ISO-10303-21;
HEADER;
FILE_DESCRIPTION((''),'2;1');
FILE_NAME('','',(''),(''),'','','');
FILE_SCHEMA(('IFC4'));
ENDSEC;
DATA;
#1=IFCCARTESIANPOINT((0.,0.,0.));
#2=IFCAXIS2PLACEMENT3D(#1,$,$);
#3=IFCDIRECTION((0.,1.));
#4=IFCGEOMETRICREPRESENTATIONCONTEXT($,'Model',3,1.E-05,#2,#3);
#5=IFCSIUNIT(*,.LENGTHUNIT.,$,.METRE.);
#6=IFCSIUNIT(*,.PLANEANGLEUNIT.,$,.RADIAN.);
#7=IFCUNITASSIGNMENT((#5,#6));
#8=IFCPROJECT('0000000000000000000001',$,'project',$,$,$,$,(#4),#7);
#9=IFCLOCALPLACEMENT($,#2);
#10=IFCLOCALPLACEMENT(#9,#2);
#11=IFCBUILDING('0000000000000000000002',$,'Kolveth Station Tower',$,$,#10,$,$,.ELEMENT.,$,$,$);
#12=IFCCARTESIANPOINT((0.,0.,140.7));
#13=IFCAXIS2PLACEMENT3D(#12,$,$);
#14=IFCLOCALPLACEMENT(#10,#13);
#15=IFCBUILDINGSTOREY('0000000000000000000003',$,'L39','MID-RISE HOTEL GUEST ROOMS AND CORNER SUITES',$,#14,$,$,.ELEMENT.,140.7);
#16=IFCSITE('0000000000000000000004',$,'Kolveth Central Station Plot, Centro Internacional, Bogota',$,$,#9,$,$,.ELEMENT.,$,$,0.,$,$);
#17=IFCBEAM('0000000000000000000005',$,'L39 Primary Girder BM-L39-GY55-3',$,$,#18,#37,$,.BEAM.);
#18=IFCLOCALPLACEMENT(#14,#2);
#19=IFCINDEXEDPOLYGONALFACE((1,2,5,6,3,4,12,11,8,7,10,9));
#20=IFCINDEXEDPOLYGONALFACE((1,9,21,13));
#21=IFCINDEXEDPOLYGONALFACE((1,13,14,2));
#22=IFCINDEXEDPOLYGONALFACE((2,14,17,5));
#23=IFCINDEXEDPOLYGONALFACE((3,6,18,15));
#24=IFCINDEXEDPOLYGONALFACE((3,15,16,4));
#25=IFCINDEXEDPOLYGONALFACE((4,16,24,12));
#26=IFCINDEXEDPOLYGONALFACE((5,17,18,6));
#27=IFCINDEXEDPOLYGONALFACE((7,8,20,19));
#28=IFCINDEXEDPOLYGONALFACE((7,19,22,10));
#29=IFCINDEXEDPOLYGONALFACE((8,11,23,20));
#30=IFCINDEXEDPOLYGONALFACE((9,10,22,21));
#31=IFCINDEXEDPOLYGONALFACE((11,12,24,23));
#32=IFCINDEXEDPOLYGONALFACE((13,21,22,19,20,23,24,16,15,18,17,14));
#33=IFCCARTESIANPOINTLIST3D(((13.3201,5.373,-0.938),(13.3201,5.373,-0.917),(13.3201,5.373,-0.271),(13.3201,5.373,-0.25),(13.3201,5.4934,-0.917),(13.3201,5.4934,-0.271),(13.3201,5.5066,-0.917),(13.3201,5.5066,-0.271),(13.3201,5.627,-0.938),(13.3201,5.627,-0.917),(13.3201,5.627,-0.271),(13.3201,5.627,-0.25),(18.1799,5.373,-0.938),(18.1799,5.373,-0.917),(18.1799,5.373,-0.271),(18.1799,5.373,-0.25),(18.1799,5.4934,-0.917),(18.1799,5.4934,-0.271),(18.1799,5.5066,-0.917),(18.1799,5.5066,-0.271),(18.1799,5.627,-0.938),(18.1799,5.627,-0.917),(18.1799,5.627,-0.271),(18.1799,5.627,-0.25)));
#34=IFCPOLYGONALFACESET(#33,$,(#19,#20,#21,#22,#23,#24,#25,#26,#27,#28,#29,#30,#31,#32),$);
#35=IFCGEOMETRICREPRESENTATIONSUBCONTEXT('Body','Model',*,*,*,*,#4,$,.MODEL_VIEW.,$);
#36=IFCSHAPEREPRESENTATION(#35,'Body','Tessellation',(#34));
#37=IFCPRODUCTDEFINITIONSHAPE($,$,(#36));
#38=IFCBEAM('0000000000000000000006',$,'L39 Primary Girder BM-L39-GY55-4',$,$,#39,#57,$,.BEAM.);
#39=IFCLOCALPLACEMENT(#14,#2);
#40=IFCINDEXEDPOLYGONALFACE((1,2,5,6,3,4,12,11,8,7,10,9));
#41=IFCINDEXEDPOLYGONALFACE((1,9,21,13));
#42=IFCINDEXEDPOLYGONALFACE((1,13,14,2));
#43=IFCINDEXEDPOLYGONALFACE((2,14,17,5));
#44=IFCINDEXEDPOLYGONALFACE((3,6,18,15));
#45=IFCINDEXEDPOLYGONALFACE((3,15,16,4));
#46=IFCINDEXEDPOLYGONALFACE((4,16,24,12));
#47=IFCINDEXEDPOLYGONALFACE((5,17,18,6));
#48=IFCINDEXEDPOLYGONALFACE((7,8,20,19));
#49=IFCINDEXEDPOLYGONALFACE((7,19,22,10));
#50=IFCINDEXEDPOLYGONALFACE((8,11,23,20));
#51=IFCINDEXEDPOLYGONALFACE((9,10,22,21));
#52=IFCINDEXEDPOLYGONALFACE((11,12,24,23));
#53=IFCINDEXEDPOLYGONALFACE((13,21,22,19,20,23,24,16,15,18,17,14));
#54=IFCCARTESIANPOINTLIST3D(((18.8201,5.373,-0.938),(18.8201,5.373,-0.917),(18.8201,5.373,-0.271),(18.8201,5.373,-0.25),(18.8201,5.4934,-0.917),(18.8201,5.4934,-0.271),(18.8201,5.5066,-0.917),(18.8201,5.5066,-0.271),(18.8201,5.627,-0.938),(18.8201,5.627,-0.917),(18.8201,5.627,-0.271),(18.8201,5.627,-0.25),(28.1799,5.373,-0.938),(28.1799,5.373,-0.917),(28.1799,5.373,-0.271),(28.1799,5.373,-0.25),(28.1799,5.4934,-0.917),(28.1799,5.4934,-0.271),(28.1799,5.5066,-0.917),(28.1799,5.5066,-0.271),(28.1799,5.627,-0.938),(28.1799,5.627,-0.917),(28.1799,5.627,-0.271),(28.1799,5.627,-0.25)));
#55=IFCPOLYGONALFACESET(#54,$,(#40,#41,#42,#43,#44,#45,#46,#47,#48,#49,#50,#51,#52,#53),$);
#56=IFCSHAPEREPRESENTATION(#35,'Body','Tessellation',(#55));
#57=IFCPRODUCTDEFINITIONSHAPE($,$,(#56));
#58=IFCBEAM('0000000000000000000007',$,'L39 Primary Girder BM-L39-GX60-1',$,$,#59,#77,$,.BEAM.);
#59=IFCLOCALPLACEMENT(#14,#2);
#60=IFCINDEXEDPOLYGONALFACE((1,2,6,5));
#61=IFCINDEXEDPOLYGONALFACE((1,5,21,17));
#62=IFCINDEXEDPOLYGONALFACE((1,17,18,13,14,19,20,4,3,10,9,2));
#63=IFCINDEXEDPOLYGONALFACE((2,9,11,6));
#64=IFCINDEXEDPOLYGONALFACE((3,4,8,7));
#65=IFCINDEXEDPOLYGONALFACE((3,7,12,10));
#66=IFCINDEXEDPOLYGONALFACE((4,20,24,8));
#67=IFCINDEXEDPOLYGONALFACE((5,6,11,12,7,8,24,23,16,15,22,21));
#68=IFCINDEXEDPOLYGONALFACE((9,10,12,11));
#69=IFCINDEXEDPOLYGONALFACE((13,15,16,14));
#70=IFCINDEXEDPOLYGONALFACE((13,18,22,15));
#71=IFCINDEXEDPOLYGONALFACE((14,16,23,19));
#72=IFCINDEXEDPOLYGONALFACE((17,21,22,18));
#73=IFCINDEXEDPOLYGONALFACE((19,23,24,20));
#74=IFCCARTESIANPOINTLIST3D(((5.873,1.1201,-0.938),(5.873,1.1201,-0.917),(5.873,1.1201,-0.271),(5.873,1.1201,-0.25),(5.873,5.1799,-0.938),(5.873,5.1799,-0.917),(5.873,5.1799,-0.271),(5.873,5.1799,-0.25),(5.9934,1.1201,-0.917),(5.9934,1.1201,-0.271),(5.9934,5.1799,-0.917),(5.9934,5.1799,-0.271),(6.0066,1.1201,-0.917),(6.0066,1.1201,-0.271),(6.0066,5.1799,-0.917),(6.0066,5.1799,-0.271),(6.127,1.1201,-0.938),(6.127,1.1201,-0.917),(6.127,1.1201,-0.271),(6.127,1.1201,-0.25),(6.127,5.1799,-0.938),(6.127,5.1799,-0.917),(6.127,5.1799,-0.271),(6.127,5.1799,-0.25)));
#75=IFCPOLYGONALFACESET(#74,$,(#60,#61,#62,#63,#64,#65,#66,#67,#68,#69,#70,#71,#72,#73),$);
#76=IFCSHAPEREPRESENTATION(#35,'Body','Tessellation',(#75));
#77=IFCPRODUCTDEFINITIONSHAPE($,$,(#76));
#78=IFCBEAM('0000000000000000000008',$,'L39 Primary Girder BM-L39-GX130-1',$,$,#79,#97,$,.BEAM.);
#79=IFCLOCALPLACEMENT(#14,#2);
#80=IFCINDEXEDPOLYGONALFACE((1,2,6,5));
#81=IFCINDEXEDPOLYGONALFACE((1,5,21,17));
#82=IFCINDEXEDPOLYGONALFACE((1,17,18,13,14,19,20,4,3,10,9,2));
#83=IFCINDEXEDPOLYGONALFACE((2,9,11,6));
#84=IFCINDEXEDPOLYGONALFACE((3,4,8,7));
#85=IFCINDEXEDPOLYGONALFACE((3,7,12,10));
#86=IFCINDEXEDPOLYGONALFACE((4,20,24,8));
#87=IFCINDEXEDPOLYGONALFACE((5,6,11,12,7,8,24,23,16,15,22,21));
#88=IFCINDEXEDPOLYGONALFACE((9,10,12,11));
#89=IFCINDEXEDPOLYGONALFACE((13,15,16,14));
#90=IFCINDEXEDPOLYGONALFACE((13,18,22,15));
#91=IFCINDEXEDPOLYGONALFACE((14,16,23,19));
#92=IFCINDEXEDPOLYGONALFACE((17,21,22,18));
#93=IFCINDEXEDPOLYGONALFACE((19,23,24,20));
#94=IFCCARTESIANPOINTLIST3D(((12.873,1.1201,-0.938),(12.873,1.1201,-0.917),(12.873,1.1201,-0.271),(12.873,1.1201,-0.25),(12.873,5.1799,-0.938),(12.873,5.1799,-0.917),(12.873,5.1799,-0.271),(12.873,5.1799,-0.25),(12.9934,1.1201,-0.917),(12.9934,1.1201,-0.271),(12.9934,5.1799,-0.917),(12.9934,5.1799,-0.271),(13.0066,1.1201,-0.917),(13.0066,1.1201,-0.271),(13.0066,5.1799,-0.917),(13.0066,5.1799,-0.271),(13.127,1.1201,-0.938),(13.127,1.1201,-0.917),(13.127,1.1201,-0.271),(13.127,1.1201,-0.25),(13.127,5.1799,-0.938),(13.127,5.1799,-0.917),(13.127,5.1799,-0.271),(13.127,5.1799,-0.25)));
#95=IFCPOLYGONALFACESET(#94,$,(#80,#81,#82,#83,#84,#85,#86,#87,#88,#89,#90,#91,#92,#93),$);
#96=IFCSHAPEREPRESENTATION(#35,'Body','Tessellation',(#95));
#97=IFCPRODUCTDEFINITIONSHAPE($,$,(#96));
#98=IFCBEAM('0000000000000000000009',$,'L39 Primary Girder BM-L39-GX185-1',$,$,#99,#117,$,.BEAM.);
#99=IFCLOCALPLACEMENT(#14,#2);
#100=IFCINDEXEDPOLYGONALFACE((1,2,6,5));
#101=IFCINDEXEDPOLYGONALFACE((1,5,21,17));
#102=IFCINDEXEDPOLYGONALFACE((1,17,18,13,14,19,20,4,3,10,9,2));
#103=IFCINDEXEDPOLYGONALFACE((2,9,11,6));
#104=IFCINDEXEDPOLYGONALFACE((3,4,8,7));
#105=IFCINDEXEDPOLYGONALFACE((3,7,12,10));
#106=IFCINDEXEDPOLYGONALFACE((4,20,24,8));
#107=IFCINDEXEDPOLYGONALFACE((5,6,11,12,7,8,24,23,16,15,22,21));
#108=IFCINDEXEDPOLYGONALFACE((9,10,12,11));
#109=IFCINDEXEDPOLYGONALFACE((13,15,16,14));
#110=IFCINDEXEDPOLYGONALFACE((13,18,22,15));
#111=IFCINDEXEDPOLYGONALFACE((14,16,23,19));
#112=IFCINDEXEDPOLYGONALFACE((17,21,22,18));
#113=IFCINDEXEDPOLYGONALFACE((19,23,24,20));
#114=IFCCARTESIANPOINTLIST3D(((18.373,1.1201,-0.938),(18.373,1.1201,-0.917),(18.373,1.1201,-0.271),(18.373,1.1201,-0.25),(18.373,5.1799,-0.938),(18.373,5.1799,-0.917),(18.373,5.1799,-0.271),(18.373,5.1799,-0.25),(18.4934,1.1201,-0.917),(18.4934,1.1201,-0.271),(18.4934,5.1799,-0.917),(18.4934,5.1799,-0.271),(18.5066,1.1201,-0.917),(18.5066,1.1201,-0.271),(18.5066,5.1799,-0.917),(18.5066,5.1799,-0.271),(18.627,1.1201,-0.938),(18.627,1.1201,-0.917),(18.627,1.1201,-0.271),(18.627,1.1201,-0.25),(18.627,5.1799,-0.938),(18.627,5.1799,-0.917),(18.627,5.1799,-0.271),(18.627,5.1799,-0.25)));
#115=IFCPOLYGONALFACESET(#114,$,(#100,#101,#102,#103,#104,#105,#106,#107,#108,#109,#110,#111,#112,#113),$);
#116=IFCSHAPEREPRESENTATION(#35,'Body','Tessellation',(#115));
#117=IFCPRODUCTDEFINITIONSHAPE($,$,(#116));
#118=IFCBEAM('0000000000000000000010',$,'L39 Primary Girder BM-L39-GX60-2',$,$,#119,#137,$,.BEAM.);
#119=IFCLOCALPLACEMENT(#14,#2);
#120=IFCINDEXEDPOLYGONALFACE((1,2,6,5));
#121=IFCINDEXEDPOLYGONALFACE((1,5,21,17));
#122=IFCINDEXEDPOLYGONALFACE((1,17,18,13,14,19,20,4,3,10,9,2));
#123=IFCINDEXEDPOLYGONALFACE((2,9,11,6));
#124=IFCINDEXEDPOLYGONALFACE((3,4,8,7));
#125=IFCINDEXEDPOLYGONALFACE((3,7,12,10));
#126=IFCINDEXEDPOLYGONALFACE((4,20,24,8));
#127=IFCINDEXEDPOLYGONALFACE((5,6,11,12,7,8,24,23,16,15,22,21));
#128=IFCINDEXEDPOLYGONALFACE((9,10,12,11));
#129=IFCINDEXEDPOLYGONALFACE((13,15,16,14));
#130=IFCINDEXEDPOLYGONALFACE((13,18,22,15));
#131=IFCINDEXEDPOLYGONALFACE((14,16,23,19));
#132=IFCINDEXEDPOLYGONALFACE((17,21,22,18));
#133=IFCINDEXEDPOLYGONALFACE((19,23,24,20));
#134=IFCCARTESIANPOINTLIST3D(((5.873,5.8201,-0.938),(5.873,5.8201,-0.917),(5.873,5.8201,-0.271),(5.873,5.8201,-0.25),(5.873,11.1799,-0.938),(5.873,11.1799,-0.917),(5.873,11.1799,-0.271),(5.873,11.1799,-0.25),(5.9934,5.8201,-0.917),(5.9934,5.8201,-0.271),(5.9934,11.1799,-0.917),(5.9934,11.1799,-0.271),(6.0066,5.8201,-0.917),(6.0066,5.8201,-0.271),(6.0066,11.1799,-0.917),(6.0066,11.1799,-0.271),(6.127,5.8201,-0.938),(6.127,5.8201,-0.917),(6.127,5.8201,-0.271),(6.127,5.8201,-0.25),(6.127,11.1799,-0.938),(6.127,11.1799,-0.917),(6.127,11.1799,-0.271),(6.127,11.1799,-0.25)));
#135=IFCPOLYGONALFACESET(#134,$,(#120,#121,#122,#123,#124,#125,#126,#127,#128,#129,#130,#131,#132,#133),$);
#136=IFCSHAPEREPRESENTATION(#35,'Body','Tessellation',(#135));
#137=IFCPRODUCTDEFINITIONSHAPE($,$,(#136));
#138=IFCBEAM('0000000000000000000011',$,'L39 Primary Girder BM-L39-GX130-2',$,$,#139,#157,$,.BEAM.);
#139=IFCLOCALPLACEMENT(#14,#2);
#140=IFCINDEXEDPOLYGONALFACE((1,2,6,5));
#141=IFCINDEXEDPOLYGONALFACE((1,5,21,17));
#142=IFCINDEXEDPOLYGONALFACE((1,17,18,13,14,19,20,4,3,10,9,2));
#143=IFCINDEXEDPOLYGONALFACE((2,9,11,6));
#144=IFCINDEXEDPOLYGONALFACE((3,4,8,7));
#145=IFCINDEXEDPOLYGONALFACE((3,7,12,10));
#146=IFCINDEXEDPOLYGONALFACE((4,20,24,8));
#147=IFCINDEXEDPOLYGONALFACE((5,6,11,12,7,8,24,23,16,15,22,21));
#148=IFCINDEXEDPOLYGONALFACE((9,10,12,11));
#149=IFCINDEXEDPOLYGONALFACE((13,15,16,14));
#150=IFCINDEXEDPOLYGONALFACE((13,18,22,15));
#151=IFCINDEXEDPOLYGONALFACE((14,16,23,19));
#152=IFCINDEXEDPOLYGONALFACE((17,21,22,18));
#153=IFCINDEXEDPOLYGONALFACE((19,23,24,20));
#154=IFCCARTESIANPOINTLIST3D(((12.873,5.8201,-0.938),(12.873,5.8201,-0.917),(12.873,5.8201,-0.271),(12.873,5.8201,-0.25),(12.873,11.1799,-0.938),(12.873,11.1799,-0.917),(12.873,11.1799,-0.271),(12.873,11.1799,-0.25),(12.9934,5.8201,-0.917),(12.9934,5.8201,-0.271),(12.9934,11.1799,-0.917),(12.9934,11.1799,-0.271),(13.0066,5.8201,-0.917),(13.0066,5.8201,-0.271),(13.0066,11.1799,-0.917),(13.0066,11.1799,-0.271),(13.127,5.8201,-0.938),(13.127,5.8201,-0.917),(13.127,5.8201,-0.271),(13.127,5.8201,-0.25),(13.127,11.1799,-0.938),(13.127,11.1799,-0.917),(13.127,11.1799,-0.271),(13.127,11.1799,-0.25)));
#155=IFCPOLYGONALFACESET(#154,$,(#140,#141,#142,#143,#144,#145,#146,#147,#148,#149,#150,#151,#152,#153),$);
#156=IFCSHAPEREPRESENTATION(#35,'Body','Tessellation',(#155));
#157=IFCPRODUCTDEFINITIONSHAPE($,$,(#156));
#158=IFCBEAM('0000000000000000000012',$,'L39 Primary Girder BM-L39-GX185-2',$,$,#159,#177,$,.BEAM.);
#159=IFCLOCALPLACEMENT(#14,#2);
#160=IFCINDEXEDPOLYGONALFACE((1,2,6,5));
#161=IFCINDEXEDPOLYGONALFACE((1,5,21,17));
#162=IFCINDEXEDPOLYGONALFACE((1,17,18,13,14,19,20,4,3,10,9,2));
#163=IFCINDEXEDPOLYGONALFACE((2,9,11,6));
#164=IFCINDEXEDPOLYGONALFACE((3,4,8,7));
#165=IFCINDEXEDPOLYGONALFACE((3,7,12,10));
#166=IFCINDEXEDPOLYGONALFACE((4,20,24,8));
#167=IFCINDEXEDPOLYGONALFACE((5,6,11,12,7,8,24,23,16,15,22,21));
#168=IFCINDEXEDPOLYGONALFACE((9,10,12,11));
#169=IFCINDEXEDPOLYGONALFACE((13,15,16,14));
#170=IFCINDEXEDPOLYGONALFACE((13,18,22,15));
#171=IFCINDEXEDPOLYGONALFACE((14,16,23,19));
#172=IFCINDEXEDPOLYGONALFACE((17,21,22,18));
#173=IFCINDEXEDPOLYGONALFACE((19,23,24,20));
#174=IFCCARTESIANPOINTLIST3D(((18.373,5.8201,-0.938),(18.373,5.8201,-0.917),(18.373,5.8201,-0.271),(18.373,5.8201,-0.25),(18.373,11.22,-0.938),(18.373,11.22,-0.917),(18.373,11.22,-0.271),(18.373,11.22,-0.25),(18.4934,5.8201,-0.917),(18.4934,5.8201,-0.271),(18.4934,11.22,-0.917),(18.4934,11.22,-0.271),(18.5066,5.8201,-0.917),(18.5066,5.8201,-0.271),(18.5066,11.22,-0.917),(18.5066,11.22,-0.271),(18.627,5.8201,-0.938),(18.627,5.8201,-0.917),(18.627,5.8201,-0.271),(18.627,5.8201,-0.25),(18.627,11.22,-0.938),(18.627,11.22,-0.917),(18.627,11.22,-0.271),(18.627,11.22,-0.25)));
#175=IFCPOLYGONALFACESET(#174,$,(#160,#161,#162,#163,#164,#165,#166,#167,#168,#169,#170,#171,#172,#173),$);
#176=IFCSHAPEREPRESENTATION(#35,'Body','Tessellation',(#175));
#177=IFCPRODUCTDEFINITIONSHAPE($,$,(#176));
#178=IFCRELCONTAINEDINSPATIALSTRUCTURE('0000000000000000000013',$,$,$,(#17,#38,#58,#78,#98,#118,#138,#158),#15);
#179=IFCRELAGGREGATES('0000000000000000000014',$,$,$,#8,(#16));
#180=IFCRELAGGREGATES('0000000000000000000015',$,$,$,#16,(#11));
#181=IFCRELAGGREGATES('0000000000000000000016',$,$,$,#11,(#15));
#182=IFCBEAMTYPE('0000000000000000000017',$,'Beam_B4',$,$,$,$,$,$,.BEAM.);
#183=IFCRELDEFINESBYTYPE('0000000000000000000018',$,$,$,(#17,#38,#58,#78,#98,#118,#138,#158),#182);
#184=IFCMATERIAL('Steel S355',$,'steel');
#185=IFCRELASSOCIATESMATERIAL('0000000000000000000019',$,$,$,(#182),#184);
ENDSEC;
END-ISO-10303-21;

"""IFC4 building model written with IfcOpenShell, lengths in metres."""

from ifc_helpers import new_model, si_unit, direction, frame, origin, origin_2d, place, context, subcontext, project, spatial, i_section, extrude, source, transform, mapped, material, material_profile, profile_set, type_object, element, save


model = new_model("IFC4")

# Units and contexts
model_context = context("Model", 3, precision=1e-05, world=origin(), true_north=direction((0.0, 1.0)))
body_context = subcontext(model_context, "Body", "Model", "MODEL_VIEW")
ifc_project = project(units=[si_unit("LENGTHUNIT", "METRE"), si_unit("PLANEANGLEUNIT", "RADIAN")], contexts=[model_context])

# Site, building, storey
site_placement = place(None, origin())
site = spatial("IfcSite", under=ifc_project, at=site_placement, Name="Kolveth Central Station Plot, Centro Internacional, Bogota", CompositionType="ELEMENT", RefElevation=0.0)
building_placement = place(site_placement, origin())
building = spatial("IfcBuilding", under=site, at=building_placement, Name="Kolveth Station Tower", CompositionType="ELEMENT")
storey_placement = place(building_placement, frame((0.0, 0.0, 140.7)))
storey = spatial("IfcBuildingStorey", under=building, at=storey_placement, Name="L39", Description="MID-RISE HOTEL GUEST ROOMS AND CORNER SUITES", CompositionType="ELEMENT", Elevation=140.7)

# Beams
ifc_material_1 = material(Name="Steel S355", Category="steel")
ifc_material_profile_1 = material_profile(ifc_material_1, i_section(OverallWidth=0.2539, OverallDepth=0.688, WebThickness=0.0132, FlangeThickness=0.021, at=origin_2d()), Name="W690x152")
ifc_profile_set_1 = profile_set([ifc_material_profile_1], Name="Steel S355")
beam_type_1 = type_object("IfcBeamType", Name="Beam_B4", PredefinedType="BEAM", material=ifc_profile_set_1)
shared_shape_1 = source(origin(), body_context, "Body", "SweptSolid", [
    extrude(i_section(OverallWidth=0.2539, OverallDepth=0.688, WebThickness=0.0132, FlangeThickness=0.021, at=origin_2d()), origin(), (0.0, 0.0, 1.0), 4.8599),
])
beam_1_placement = place(storey_placement, frame((13.3201, 5.5, -0.594), z_axis=(1.0, 0.0, 0.0), x_axis=(0.0, 1.0, 0.0)))
element("IfcBeam", 1, at=beam_1_placement, inside=storey, type_object=beam_type_1, Name="L39 Primary Girder BM-L39-GY55-3", PredefinedType="BEAM", context=body_context, shape_type="MappedRepresentation", body=[
    mapped(shared_shape_1, transform((0.0, 0.0, 0.0), x_axis=(1.0, 0.0, 0.0), y_axis=(0.0, 1.0, 0.0), z_axis=(0.0, 0.0, 1.0), scale=1.0)),
])
shared_shape_2 = source(origin(), body_context, "Body", "SweptSolid", [
    extrude(i_section(OverallWidth=0.2539, OverallDepth=0.688, WebThickness=0.0132, FlangeThickness=0.021, at=origin_2d()), origin(), (0.0, 0.0, 1.0), 9.3599),
])
beam_2_placement = place(storey_placement, frame((18.8201, 5.5, -0.594), z_axis=(1.0, 0.0, 0.0), x_axis=(0.0, 1.0, 0.0)))
element("IfcBeam", 2, at=beam_2_placement, inside=storey, type_object=beam_type_1, Name="L39 Primary Girder BM-L39-GY55-4", PredefinedType="BEAM", context=body_context, shape_type="MappedRepresentation", body=[
    mapped(shared_shape_2, transform((0.0, 0.0, 0.0), x_axis=(1.0, 0.0, 0.0), y_axis=(0.0, 1.0, 0.0), z_axis=(0.0, 0.0, 1.0), scale=1.0)),
])
shared_shape_3 = source(origin(), body_context, "Body", "SweptSolid", [
    extrude(i_section(OverallWidth=0.2539, OverallDepth=0.688, WebThickness=0.0132, FlangeThickness=0.021, at=origin_2d()), origin(), (0.0, 0.0, 1.0), 4.0598),
])
for number, where, z_axis, x_axis, name in (
    (3, (6.0, 1.1201, -0.594), (0.0, 1.0, 0.0), (-1.0, 0.0, 0.0), "L39 Primary Girder BM-L39-GX60-1"),
    (4, (13.0, 1.1201, -0.594), (0.0, 1.0, 0.0), (-1.0, 0.0, 0.0), "L39 Primary Girder BM-L39-GX130-1"),
    (5, (18.5, 1.1201, -0.594), (0.0, 1.0, 0.0), (-1.0, 0.0, 0.0), "L39 Primary Girder BM-L39-GX185-1"),
):
    element("IfcBeam", number, at=place(storey_placement, frame(where, z_axis=z_axis, x_axis=x_axis)), inside=storey, type_object=beam_type_1, Name=name, PredefinedType="BEAM", context=body_context, shape_type="MappedRepresentation", body=[
        mapped(shared_shape_3, transform((0.0, 0.0, 0.0), x_axis=(1.0, 0.0, 0.0), y_axis=(0.0, 1.0, 0.0), z_axis=(0.0, 0.0, 1.0), scale=1.0)),
    ])
shared_shape_4 = source(origin(), body_context, "Body", "SweptSolid", [
    extrude(i_section(OverallWidth=0.2539, OverallDepth=0.688, WebThickness=0.0132, FlangeThickness=0.021, at=origin_2d()), origin(), (0.0, 0.0, 1.0), 5.3599),
])
for number, where, z_axis, x_axis, name in (
    (6, (6.0, 5.8201, -0.594), (0.0, 1.0, 0.0), (-1.0, 0.0, 0.0), "L39 Primary Girder BM-L39-GX60-2"),
    (7, (13.0, 5.8201, -0.594), (0.0, 1.0, 0.0), (-1.0, 0.0, 0.0), "L39 Primary Girder BM-L39-GX130-2"),
):
    element("IfcBeam", number, at=place(storey_placement, frame(where, z_axis=z_axis, x_axis=x_axis)), inside=storey, type_object=beam_type_1, Name=name, PredefinedType="BEAM", context=body_context, shape_type="MappedRepresentation", body=[
        mapped(shared_shape_4, transform((0.0, 0.0, 0.0), x_axis=(1.0, 0.0, 0.0), y_axis=(0.0, 1.0, 0.0), z_axis=(0.0, 0.0, 1.0), scale=1.0)),
    ])
shared_shape_5 = source(origin(), body_context, "Body", "SweptSolid", [
    extrude(i_section(OverallWidth=0.2539, OverallDepth=0.688, WebThickness=0.0132, FlangeThickness=0.021, at=origin_2d()), origin(), (0.0, 0.0, 1.0), 5.3999),
])
beam_3_placement = place(storey_placement, frame((18.5, 5.8201, -0.594), z_axis=(0.0, 1.0, 0.0), x_axis=(-1.0, 0.0, 0.0)))
element("IfcBeam", 8, at=beam_3_placement, inside=storey, type_object=beam_type_1, Name="L39 Primary Girder BM-L39-GX185-2", PredefinedType="BEAM", context=body_context, shape_type="MappedRepresentation", body=[
    mapped(shared_shape_5, transform((0.0, 0.0, 0.0), x_axis=(1.0, 0.0, 0.0), y_axis=(0.0, 1.0, 0.0), z_axis=(0.0, 0.0, 1.0), scale=1.0)),
])

save(model, "model.ifc")
